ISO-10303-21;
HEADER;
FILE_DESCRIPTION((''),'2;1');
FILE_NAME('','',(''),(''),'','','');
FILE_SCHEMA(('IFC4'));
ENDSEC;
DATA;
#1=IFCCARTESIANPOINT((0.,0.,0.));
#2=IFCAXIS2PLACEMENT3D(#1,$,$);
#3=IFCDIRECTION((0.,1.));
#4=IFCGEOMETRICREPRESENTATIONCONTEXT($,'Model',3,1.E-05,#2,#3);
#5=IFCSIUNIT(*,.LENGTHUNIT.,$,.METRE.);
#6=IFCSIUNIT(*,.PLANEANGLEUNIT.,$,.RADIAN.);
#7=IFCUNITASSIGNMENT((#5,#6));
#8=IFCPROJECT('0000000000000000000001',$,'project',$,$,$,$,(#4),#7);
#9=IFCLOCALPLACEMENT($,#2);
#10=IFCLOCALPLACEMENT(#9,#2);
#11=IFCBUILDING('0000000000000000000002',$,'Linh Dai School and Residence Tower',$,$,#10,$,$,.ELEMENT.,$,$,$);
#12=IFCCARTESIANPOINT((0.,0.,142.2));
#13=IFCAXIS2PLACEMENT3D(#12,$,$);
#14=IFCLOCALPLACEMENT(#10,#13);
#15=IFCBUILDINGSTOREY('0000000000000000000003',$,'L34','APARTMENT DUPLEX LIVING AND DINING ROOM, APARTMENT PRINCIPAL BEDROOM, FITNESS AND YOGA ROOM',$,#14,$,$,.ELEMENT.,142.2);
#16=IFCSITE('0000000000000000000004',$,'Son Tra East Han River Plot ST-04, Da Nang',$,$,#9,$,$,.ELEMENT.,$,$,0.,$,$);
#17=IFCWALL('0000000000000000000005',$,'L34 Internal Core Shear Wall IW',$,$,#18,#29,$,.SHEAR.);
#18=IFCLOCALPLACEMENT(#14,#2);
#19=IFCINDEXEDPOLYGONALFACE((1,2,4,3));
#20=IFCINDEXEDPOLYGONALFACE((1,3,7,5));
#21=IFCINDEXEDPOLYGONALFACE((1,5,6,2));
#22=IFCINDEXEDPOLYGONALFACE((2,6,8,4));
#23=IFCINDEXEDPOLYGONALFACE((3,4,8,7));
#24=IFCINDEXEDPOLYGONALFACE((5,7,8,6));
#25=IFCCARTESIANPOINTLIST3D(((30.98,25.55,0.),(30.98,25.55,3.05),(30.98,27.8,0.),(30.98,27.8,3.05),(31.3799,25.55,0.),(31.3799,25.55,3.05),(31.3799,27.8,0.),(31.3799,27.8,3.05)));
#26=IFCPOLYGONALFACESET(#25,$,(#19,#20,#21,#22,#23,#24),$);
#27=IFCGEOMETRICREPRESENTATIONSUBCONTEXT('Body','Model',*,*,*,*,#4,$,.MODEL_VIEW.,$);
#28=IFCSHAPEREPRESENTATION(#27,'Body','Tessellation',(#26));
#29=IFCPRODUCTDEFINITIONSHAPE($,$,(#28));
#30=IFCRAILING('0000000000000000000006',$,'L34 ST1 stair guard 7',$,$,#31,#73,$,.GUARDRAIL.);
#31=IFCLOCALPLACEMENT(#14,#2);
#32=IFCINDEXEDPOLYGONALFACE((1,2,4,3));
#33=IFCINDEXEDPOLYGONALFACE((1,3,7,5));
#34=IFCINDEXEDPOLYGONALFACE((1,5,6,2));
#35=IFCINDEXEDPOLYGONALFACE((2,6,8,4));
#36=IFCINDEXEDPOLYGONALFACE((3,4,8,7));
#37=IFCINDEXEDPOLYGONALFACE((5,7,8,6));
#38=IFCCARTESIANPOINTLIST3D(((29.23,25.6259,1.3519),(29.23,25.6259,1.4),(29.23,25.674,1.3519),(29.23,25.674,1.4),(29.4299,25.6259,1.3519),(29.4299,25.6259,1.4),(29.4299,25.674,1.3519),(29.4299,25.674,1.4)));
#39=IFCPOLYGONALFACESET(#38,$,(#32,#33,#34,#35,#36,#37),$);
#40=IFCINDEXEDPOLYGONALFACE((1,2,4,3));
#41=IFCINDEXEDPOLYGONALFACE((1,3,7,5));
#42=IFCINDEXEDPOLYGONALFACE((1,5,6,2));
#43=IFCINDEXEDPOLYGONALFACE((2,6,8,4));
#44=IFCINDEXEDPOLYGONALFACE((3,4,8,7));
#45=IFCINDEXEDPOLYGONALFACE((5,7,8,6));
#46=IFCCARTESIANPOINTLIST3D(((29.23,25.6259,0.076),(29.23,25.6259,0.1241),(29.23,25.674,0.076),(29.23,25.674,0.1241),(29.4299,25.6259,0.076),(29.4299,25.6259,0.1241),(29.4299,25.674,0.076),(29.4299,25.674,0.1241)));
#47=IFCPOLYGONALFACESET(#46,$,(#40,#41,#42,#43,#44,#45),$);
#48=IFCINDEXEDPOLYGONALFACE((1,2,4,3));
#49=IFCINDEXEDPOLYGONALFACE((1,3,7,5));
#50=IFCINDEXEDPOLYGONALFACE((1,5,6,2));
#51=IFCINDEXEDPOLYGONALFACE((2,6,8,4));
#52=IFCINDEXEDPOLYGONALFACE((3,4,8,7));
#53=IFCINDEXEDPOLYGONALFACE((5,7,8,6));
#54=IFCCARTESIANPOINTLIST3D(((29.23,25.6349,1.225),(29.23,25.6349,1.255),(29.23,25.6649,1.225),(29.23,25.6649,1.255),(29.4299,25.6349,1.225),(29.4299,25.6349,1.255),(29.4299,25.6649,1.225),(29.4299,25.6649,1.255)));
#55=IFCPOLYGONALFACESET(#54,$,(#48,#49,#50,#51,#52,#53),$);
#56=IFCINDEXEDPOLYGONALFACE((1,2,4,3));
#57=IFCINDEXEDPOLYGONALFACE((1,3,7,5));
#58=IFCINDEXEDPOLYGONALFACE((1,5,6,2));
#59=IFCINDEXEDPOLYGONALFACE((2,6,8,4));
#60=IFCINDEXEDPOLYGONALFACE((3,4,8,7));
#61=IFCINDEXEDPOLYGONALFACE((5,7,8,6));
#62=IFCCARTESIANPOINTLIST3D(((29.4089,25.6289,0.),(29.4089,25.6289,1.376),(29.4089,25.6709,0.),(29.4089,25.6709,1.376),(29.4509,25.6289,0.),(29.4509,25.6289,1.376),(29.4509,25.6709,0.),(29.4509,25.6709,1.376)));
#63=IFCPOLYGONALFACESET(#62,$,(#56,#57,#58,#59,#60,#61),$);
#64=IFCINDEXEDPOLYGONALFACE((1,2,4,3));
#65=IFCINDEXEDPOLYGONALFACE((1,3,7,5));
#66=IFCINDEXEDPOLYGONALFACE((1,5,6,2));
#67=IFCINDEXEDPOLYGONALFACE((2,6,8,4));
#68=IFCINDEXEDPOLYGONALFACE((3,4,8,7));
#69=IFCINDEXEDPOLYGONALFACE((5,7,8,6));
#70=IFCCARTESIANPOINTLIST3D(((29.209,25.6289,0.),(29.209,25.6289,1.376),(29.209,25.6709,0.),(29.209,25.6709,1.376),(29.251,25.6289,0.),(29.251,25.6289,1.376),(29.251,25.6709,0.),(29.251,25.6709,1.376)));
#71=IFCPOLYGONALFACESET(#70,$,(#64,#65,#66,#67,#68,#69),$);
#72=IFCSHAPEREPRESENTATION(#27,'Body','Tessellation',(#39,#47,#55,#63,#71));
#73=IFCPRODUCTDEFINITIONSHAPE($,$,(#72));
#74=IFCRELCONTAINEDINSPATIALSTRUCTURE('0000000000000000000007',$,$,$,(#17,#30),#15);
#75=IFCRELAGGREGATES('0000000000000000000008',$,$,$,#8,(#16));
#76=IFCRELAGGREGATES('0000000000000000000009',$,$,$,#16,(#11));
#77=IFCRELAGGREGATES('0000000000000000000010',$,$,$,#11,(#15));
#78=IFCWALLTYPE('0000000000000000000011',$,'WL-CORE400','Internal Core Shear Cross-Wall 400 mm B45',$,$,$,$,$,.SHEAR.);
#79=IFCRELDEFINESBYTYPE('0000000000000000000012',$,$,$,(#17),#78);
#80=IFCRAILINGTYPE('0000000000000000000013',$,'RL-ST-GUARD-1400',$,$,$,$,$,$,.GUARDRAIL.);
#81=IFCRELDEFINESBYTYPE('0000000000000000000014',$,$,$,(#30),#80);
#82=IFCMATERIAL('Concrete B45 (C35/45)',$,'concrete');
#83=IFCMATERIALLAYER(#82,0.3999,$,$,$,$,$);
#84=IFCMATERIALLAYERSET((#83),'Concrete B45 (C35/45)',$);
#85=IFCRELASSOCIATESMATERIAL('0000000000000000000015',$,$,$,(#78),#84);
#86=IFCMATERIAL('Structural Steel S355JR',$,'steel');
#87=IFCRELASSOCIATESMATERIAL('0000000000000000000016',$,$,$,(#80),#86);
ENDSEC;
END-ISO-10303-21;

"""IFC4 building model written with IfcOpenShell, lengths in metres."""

from ifc_helpers import new_model, si_unit, direction, frame, frame_2d, origin, origin_2d, place, context, subcontext, project, spatial, rectangle, extrude, source, transform, mapped, material, layer, layer_set, type_object, element, save


model = new_model("IFC4")

# Units and contexts
model_context = context("Model", 3, precision=1e-05, world=origin(), true_north=direction((0.0, 1.0)))
body_context = subcontext(model_context, "Body", "Model", "MODEL_VIEW")
ifc_project = project(units=[si_unit("LENGTHUNIT", "METRE"), si_unit("PLANEANGLEUNIT", "RADIAN")], contexts=[model_context])

# Site, building, storey
site_placement = place(None, origin())
site = spatial("IfcSite", under=ifc_project, at=site_placement, Name="Son Tra East Han River Plot ST-04, Da Nang", CompositionType="ELEMENT", RefElevation=0.0)
building_placement = place(site_placement, origin())
building = spatial("IfcBuilding", under=site, at=building_placement, Name="Linh Dai School and Residence Tower", CompositionType="ELEMENT")
storey_placement = place(building_placement, frame((0.0, 0.0, 142.2)))
storey = spatial("IfcBuildingStorey", under=building, at=storey_placement, Name="L34", Description="APARTMENT DUPLEX LIVING AND DINING ROOM, APARTMENT PRINCIPAL BEDROOM, FITNESS AND YOGA ROOM", CompositionType="ELEMENT", Elevation=142.2)

# Shared definitions
ifc_material_1 = material(Name="Structural Steel S355JR", Category="steel")

# Shared definitions
ifc_material_2 = material(Name="Concrete B45 (C35/45)", Category="concrete")

# Wall
ifc_layer_1 = layer(ifc_material_2, 0.3999)
ifc_layer_set_1 = layer_set([ifc_layer_1], Name="Concrete B45 (C35/45)")
wall_type_1 = type_object("IfcWallType", Name="WL-CORE400", Description="Internal Core Shear Cross-Wall 400 mm B45", PredefinedType="SHEAR", material=ifc_layer_set_1)
wall_1_placement = place(storey_placement, frame((31.1799, 25.55, 0.0), z_axis=(0.0, 0.0, 1.0), x_axis=(0.0, 1.0, 0.0)))
element("IfcWall", 1, at=wall_1_placement, inside=storey, type_object=wall_type_1, Name="L34 Internal Core Shear Wall IW", PredefinedType="SHEAR", context=body_context, shape_type="SweptSolid", body=[
    extrude(rectangle(XDim=2.25, YDim=0.3999, at=frame_2d((1.125, 0.0))), origin(), (0.0, 0.0, 1.0), 3.05),
])

# Railing
railing_type = type_object("IfcRailingType", Name="RL-ST-GUARD-1400", PredefinedType="GUARDRAIL", material=ifc_material_1)
shared_shape_1 = source(origin(), body_context, "Body", "SweptSolid", [
    extrude(rectangle(XDim=0.0481, YDim=0.0481, at=origin_2d()), frame((0.0, 0.0, 1.376), z_axis=(-1.0, 0.0, 0.0), x_axis=(0.0, -1.0, 0.0)), (0.0, 0.0, 1.0), 0.2),
    extrude(rectangle(XDim=0.0481, YDim=0.0481, at=origin_2d()), frame((0.0, 0.0, 0.1001), z_axis=(-1.0, 0.0, 0.0), x_axis=(0.0, -1.0, 0.0)), (0.0, 0.0, 1.0), 0.2),
    extrude(rectangle(XDim=0.03, YDim=0.03, at=origin_2d()), frame((0.0, 0.0, 1.24), z_axis=(-1.0, 0.0, 0.0), x_axis=(0.0, -1.0, 0.0)), (0.0, 0.0, 1.0), 0.2),
    extrude(rectangle(XDim=0.042, YDim=0.042, at=origin_2d()), origin(), (0.0, 0.0, 1.0), 1.376),
    extrude(rectangle(XDim=0.042, YDim=0.042, at=origin_2d()), frame((-0.2, 0.0, 0.0)), (0.0, 0.0, 1.0), 1.376),
])
railing_placement = place(storey_placement, frame((29.4299, 25.6499, 0.0)))
element("IfcRailing", 2, at=railing_placement, inside=storey, type_object=railing_type, Name="L34 ST1 stair guard 7", PredefinedType="GUARDRAIL", context=body_context, shape_type="MappedRepresentation", body=[
    mapped(shared_shape_1, transform((0.0, 0.0, 0.0), x_axis=(1.0, 0.0, 0.0), y_axis=(0.0, 1.0, 0.0), z_axis=(0.0, 0.0, 1.0), scale=1.0)),
])

save(model, "model.ifc")
